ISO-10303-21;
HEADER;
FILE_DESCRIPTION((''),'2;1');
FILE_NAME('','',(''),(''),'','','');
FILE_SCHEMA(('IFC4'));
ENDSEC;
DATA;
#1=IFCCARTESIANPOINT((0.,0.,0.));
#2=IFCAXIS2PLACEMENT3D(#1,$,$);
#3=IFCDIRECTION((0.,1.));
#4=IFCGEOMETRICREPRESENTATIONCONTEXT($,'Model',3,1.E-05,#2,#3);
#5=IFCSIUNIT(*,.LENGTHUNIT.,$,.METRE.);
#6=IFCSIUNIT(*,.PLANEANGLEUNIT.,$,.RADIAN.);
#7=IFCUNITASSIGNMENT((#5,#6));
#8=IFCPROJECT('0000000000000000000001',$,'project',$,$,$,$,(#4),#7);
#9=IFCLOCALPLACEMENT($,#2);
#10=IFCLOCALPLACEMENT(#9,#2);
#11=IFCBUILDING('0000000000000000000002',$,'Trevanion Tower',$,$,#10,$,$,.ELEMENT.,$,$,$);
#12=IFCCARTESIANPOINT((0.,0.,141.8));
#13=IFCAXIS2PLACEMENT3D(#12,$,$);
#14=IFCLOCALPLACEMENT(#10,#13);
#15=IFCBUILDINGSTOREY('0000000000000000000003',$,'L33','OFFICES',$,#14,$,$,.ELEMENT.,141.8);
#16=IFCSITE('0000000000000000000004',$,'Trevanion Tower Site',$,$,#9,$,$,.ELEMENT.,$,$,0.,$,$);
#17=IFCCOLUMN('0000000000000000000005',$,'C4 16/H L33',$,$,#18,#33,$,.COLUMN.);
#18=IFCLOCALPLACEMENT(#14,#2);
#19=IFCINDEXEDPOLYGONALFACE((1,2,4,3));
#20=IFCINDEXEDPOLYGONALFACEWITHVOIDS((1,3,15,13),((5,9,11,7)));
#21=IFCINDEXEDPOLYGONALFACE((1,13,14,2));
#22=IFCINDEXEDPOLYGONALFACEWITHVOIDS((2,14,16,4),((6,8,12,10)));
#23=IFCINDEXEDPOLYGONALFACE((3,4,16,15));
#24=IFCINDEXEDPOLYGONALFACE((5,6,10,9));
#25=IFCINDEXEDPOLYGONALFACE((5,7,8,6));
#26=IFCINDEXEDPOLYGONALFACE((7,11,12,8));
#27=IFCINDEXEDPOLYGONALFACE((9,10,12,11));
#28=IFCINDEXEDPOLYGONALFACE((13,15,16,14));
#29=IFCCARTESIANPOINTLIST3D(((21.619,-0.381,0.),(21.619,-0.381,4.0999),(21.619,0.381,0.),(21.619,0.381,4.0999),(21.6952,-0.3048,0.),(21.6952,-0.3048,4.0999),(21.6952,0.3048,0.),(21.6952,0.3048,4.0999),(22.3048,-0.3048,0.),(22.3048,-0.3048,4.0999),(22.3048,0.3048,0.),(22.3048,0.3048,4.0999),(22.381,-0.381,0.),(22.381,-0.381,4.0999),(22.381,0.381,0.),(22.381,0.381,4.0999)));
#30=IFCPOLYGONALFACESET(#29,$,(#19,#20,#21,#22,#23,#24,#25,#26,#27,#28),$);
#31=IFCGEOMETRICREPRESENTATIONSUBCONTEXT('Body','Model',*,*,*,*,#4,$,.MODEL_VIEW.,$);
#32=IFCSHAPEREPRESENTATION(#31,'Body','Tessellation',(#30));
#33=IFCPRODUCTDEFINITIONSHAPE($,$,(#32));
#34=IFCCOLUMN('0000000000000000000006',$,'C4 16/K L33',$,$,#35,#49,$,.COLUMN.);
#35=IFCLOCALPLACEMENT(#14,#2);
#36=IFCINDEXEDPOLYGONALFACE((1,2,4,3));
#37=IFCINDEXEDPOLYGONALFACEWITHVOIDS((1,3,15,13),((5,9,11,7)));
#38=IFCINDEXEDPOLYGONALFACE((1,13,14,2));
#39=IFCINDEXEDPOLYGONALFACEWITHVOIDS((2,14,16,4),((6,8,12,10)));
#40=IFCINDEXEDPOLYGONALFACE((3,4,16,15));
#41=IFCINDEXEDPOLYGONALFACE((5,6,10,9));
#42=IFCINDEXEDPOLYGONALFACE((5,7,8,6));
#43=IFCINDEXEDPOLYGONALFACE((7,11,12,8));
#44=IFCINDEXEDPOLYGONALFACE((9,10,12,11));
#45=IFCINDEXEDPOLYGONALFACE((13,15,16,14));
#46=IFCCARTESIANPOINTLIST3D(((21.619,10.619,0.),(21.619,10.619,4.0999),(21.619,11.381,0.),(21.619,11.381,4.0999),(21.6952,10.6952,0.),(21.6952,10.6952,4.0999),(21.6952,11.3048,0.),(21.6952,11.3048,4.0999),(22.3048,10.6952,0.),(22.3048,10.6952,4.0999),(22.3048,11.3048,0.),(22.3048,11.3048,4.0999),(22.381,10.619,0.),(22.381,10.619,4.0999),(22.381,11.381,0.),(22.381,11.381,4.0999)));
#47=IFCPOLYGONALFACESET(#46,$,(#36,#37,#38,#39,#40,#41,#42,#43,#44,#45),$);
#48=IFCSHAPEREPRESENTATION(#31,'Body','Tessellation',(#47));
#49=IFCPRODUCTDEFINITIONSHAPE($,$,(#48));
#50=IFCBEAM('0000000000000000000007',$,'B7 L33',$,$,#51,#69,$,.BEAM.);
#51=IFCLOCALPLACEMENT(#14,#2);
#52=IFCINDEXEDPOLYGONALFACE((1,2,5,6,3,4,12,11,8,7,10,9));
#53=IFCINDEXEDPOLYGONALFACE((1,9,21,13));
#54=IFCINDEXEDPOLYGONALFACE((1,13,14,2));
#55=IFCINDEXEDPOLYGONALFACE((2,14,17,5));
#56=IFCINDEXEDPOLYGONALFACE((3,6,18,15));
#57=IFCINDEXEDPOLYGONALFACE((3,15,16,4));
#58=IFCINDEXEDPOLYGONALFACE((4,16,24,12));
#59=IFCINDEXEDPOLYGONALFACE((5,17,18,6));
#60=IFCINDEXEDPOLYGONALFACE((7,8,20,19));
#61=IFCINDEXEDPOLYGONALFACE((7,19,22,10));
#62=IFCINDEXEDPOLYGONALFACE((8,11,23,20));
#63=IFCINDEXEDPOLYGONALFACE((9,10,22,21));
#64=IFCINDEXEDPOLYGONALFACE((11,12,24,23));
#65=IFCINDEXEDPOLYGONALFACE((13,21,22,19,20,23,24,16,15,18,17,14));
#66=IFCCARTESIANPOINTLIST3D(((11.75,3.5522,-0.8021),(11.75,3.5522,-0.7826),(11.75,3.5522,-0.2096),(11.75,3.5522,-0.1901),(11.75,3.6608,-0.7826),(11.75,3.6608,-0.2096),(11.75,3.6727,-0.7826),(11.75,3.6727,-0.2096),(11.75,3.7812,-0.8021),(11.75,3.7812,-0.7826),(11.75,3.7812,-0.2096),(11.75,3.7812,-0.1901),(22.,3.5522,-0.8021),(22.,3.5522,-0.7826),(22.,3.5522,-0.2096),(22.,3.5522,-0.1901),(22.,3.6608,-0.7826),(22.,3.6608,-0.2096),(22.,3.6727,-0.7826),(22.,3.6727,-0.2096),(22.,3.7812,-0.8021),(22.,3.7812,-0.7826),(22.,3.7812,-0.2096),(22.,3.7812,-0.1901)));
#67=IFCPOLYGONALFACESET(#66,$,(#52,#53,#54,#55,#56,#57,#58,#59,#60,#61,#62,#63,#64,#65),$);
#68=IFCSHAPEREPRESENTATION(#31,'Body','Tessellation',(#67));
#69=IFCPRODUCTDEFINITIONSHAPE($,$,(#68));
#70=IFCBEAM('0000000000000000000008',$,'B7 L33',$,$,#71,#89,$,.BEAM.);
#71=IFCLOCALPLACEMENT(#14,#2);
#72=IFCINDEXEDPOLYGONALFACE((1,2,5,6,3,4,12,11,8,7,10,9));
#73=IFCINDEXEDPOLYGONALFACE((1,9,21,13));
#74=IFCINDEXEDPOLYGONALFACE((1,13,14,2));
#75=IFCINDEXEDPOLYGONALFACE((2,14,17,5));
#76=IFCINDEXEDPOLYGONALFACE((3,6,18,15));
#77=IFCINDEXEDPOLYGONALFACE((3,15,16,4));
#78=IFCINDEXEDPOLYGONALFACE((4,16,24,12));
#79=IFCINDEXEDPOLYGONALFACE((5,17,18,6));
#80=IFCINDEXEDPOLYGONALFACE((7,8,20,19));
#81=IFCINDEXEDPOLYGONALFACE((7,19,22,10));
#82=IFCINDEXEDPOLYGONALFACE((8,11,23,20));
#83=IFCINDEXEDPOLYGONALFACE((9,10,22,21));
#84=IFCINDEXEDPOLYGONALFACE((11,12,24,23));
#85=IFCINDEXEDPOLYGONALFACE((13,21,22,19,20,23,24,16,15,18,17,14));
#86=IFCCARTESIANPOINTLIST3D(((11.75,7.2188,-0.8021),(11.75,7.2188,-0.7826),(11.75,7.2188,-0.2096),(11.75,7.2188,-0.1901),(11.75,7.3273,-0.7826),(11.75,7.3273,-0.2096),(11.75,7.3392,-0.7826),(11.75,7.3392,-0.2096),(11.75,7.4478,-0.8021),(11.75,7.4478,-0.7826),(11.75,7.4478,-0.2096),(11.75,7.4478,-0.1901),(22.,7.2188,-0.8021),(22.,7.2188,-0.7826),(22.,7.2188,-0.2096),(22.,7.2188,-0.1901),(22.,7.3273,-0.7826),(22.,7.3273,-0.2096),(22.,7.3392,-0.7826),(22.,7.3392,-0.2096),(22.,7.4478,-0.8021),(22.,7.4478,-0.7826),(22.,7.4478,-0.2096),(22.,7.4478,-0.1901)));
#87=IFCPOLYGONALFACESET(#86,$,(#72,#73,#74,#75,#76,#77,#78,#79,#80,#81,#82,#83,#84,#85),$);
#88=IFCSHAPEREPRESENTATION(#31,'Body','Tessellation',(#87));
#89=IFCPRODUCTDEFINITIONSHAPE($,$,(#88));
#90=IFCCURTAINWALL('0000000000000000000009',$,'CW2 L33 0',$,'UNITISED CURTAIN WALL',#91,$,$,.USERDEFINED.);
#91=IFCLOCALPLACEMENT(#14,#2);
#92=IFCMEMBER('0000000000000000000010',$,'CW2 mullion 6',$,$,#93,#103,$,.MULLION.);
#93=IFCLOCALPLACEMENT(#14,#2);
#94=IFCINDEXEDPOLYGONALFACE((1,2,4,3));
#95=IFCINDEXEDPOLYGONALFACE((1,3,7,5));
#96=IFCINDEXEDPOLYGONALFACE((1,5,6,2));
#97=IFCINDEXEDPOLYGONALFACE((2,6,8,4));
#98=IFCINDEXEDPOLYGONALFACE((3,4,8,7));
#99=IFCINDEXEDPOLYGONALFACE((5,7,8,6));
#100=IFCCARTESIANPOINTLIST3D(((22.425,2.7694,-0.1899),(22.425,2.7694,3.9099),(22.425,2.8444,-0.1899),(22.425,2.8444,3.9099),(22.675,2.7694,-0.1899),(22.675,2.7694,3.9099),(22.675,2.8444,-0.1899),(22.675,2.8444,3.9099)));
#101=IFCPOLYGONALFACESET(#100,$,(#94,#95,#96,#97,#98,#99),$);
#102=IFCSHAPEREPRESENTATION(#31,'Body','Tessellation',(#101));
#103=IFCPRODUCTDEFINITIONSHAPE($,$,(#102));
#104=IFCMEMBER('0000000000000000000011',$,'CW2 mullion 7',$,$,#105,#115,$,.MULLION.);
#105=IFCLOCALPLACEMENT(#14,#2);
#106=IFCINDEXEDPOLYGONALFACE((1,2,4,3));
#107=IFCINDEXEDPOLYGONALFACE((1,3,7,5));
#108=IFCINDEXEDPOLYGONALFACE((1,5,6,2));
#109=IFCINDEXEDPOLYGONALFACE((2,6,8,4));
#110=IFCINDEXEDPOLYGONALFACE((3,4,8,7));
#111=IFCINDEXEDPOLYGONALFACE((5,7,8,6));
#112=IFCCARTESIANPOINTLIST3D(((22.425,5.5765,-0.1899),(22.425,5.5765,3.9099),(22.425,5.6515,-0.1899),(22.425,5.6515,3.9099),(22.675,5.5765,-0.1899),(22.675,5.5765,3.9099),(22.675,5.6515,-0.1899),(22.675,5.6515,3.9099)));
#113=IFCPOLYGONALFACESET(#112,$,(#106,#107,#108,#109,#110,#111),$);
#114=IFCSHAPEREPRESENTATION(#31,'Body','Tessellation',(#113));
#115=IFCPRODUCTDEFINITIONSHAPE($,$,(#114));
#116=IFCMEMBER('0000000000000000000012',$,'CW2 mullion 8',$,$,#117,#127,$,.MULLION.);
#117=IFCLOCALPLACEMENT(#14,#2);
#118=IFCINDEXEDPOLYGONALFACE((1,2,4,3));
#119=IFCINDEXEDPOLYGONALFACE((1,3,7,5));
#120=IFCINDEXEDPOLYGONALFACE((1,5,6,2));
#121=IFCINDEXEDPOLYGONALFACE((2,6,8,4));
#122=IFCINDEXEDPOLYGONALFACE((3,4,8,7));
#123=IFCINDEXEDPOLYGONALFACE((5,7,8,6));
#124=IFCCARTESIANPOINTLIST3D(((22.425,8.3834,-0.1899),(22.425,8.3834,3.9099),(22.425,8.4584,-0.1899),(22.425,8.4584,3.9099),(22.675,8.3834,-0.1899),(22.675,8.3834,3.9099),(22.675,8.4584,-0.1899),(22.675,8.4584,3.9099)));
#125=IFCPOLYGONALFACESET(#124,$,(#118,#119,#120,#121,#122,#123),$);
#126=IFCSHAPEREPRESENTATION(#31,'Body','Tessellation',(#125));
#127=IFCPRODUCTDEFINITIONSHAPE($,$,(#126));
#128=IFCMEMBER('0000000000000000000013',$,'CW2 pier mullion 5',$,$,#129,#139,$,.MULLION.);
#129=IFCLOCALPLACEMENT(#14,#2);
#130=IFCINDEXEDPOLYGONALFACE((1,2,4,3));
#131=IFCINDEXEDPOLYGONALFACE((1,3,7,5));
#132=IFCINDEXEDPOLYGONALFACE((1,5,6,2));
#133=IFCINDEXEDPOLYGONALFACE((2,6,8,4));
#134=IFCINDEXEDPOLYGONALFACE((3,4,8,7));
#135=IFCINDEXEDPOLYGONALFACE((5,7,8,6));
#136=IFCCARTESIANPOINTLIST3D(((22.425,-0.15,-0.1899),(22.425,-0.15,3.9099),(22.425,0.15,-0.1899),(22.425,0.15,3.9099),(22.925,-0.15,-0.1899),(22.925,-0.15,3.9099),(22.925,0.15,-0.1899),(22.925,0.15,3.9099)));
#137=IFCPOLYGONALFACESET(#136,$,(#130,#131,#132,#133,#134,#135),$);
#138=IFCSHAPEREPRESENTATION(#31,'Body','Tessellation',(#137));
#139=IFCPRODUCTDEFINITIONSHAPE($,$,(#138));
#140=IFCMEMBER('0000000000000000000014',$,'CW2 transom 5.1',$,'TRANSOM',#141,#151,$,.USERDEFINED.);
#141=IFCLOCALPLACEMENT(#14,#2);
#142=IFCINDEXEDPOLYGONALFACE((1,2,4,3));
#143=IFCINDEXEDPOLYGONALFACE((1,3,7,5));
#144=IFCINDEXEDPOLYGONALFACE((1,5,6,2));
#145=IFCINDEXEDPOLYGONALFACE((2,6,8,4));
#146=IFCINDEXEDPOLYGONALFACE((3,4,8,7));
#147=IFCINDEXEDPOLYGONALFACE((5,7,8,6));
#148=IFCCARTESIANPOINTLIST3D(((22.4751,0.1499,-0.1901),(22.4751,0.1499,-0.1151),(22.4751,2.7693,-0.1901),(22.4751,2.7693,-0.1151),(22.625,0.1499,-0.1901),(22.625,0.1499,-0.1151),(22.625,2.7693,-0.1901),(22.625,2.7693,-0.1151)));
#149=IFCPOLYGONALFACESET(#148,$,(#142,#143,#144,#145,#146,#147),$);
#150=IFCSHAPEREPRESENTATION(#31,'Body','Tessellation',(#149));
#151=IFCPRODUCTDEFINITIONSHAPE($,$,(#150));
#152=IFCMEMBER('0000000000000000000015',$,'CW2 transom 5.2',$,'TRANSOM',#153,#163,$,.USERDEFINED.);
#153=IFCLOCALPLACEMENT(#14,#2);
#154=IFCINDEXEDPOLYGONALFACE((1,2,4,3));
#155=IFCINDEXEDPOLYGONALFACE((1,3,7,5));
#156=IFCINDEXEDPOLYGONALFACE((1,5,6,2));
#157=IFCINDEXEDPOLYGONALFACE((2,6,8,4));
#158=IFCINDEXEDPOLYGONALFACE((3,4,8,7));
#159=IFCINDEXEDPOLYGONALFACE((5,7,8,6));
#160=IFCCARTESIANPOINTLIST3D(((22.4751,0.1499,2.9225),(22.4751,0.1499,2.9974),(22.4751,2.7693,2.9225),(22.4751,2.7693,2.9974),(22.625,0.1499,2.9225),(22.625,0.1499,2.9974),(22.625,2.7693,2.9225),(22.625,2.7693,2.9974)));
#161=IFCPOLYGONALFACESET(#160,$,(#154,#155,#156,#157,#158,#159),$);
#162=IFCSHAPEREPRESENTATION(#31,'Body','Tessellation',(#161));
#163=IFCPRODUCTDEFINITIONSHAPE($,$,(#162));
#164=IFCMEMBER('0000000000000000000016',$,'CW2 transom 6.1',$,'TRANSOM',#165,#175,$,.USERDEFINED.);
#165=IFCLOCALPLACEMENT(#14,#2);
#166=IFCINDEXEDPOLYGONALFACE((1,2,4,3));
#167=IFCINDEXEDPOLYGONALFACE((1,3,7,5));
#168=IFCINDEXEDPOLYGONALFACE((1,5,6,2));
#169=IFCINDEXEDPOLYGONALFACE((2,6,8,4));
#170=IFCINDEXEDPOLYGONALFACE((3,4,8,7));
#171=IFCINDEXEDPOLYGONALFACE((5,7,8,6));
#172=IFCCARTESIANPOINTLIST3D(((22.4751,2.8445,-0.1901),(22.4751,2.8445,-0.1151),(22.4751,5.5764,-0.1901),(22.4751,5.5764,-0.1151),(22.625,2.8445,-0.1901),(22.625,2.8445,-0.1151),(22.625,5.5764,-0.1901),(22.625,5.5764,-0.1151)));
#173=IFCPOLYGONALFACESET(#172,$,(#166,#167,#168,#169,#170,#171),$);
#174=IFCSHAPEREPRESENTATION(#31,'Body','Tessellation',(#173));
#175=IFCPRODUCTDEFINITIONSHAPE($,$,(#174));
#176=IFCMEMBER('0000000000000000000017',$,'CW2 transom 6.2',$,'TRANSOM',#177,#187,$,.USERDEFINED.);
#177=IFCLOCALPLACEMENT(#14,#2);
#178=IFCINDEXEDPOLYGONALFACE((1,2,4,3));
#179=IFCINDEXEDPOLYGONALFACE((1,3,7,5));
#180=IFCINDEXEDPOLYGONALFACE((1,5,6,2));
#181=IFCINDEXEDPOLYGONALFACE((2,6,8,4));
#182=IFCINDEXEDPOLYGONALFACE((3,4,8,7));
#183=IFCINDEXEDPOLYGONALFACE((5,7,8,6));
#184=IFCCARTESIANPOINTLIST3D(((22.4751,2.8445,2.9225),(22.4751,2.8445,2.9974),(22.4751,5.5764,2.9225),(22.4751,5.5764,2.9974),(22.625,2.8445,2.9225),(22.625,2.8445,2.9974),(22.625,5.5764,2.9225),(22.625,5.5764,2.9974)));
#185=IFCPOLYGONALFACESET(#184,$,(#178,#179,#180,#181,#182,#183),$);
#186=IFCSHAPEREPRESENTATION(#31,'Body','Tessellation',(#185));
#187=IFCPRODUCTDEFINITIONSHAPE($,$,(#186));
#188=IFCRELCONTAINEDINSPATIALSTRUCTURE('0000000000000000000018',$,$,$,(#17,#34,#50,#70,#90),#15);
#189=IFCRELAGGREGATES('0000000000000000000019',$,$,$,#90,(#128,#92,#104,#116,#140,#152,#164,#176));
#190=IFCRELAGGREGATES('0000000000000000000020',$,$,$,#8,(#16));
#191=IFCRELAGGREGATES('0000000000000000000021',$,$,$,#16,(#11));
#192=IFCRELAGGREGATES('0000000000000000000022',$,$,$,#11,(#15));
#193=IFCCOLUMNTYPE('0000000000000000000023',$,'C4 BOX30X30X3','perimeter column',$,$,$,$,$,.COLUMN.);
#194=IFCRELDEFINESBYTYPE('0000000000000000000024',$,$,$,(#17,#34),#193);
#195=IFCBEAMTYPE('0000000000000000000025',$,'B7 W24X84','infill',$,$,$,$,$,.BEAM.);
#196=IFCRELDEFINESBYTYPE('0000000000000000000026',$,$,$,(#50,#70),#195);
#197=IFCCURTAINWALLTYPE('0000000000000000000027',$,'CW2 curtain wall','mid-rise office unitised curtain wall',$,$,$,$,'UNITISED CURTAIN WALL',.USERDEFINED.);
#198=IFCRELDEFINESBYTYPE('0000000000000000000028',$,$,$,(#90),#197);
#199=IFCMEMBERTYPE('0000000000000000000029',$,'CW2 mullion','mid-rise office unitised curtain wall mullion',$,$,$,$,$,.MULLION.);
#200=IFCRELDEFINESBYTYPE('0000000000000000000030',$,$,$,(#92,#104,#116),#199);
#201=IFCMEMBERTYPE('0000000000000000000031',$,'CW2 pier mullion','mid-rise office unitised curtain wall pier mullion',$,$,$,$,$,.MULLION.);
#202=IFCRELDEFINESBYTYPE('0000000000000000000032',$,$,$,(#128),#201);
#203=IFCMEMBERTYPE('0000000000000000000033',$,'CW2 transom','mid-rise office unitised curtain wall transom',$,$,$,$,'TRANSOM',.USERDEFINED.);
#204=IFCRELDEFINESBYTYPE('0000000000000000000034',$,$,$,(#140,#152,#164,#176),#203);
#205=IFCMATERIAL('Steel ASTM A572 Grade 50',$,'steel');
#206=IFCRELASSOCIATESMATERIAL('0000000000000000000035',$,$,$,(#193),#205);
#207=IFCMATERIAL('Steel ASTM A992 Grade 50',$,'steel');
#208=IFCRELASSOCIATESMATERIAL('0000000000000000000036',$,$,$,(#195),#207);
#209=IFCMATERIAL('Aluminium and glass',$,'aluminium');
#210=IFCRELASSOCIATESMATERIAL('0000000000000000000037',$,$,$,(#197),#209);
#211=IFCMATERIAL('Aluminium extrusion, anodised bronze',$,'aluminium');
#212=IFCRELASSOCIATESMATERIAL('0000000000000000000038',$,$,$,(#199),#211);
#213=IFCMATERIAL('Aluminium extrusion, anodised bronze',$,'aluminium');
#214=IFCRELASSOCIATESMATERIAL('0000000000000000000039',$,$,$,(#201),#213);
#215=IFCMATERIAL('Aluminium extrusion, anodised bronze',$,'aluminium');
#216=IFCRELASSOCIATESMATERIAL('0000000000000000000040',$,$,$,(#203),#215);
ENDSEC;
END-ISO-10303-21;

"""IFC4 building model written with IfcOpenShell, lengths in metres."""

from ifc_helpers import new_model, si_unit, direction, frame, origin, origin_2d, place, context, subcontext, project, spatial, rectangle, hollow_rectangle, i_section, extrude, material, material_profile, profile_set, type_object, element, aggregate, save


model = new_model("IFC4")

# Units and contexts
model_context = context("Model", 3, precision=1e-05, world=origin(), true_north=direction((0.0, 1.0)))
body_context = subcontext(model_context, "Body", "Model", "MODEL_VIEW")
ifc_project = project(units=[si_unit("LENGTHUNIT", "METRE"), si_unit("PLANEANGLEUNIT", "RADIAN")], contexts=[model_context])

# Site, building, storey
site_placement = place(None, origin())
site = spatial("IfcSite", under=ifc_project, at=site_placement, Name="Trevanion Tower Site", CompositionType="ELEMENT", RefElevation=0.0)
building_placement = place(site_placement, origin())
building = spatial("IfcBuilding", under=site, at=building_placement, Name="Trevanion Tower", CompositionType="ELEMENT")
storey_placement = place(building_placement, frame((0.0, 0.0, 141.8)))
storey = spatial("IfcBuildingStorey", under=building, at=storey_placement, Name="L33", Description="OFFICES", CompositionType="ELEMENT", Elevation=141.8)

# Columns
ifc_material_1 = material(Name="Steel ASTM A572 Grade 50", Category="steel")
ifc_material_profile_1 = material_profile(ifc_material_1, hollow_rectangle(XDim=0.762, YDim=0.762, WallThickness=0.0762, at=origin_2d()), Name="BOX30X30X3")
ifc_profile_set_1 = profile_set([ifc_material_profile_1], Name="Steel ASTM A572 Grade 50")
column_type = type_object("IfcColumnType", Name="C4 BOX30X30X3", Description="perimeter column", PredefinedType="COLUMN", material=ifc_profile_set_1)
for number, where, z_axis, x_axis, name in (
    (1, (22.0, 0.0, 0.0), (0.0, 0.0, 1.0), (0.0, 1.0, 0.0), "C4 16/H L33"),
    (2, (22.0, 11.0, 0.0), (0.0, 0.0, 1.0), (0.0, 1.0, 0.0), "C4 16/K L33"),
):
    element("IfcColumn", number, at=place(storey_placement, frame(where, z_axis=z_axis, x_axis=x_axis)), inside=storey, type_object=column_type, Name=name, PredefinedType="COLUMN", context=body_context, shape_type="SweptSolid", body=[
        extrude(hollow_rectangle(XDim=0.762, YDim=0.762, WallThickness=0.0762, at=origin_2d()), origin(), (0.0, 0.0, 1.0), 4.0999),
    ])

# Beams
ifc_material_2 = material(Name="Steel ASTM A992 Grade 50", Category="steel")
ifc_material_profile_2 = material_profile(ifc_material_2, i_section(OverallWidth=0.229, OverallDepth=0.6121, WebThickness=0.012, FlangeThickness=0.0195, at=origin_2d()), Name="W24X84")
ifc_profile_set_2 = profile_set([ifc_material_profile_2], Name="Steel ASTM A992 Grade 50")
beam_type_1 = type_object("IfcBeamType", Name="B7 W24X84", Description="infill", PredefinedType="BEAM", material=ifc_profile_set_2)
for number, where, z_axis, x_axis, name in (
    (3, (11.75, 3.6667, -0.4961), (1.0, 0.0, 0.0), (0.0, 1.0, 0.0), "B7 L33"),
    (4, (11.75, 7.3333, -0.4961), (1.0, 0.0, 0.0), (0.0, 1.0, 0.0), "B7 L33"),
):
    element("IfcBeam", number, at=place(storey_placement, frame(where, z_axis=z_axis, x_axis=x_axis)), inside=storey, type_object=beam_type_1, Name=name, PredefinedType="BEAM", context=body_context, shape_type="SweptSolid", body=[
        extrude(i_section(OverallWidth=0.229, OverallDepth=0.6121, WebThickness=0.012, FlangeThickness=0.0195, at=origin_2d()), origin(), (0.0, 0.0, 1.0), 10.25),
    ])

# Curtain wall, members
ifc_material_3 = material(Name="Aluminium and glass", Category="aluminium")
curtain_wall_type = type_object("IfcCurtainWallType", Name="CW2 curtain wall", Description="mid-rise office unitised curtain wall", ElementType="UNITISED CURTAIN WALL", PredefinedType="USERDEFINED", material=ifc_material_3)
curtain_wall_placement = place(storey_placement, origin())
curtain_wall = element("IfcCurtainWall", 5, at=curtain_wall_placement, inside=storey, type_object=curtain_wall_type, Name="CW2 L33 0", ObjectType="UNITISED CURTAIN WALL", PredefinedType="USERDEFINED")
ifc_material_4 = material(Name="Aluminium extrusion, anodised bronze", Category="aluminium")
ifc_material_profile_3 = material_profile(ifc_material_4, rectangle(XDim=0.075, YDim=0.25, at=origin_2d()), Name="CW2 mullion")
ifc_profile_set_3 = profile_set([ifc_material_profile_3], Name="Aluminium extrusion, anodised bronze")
member_type_1 = type_object("IfcMemberType", Name="CW2 mullion", Description="mid-rise office unitised curtain wall mullion", PredefinedType="MULLION", material=ifc_profile_set_3)
member_1_placement = place(storey_placement, frame((22.55, 2.8069, -0.1899), z_axis=(0.0, 0.0, 1.0), x_axis=(0.0, 1.0, 0.0)))
member_1 = element("IfcMember", 6, at=member_1_placement, type_object=member_type_1, Name="CW2 mullion 6", PredefinedType="MULLION", context=body_context, shape_type="SweptSolid", body=[
    extrude(rectangle(XDim=0.075, YDim=0.25, at=origin_2d()), origin(), (0.0, 0.0, 1.0), 4.0999),
])
member_2_placement = place(storey_placement, frame((22.55, 5.614, -0.1899), z_axis=(0.0, 0.0, 1.0), x_axis=(0.0, 1.0, 0.0)))
member_2 = element("IfcMember", 7, at=member_2_placement, type_object=member_type_1, Name="CW2 mullion 7", PredefinedType="MULLION", context=body_context, shape_type="SweptSolid", body=[
    extrude(rectangle(XDim=0.075, YDim=0.25, at=origin_2d()), origin(), (0.0, 0.0, 1.0), 4.0999),
])
member_3_placement = place(storey_placement, frame((22.55, 8.4209, -0.1899), z_axis=(0.0, 0.0, 1.0), x_axis=(0.0, 1.0, 0.0)))
member_3 = element("IfcMember", 8, at=member_3_placement, type_object=member_type_1, Name="CW2 mullion 8", PredefinedType="MULLION", context=body_context, shape_type="SweptSolid", body=[
    extrude(rectangle(XDim=0.075, YDim=0.25, at=origin_2d()), origin(), (0.0, 0.0, 1.0), 4.0999),
])
ifc_material_5 = material(Name="Aluminium extrusion, anodised bronze", Category="aluminium")
ifc_material_profile_4 = material_profile(ifc_material_5, rectangle(XDim=0.3, YDim=0.5, at=origin_2d()), Name="CW2 pier mullion")
ifc_profile_set_4 = profile_set([ifc_material_profile_4], Name="Aluminium extrusion, anodised bronze")
member_type_2 = type_object("IfcMemberType", Name="CW2 pier mullion", Description="mid-rise office unitised curtain wall pier mullion", PredefinedType="MULLION", material=ifc_profile_set_4)
member_4_placement = place(storey_placement, frame((22.675, 0.0, -0.1899), z_axis=(0.0, 0.0, 1.0), x_axis=(0.0, 1.0, 0.0)))
member_4 = element("IfcMember", 9, at=member_4_placement, type_object=member_type_2, Name="CW2 pier mullion 5", PredefinedType="MULLION", context=body_context, shape_type="SweptSolid", body=[
    extrude(rectangle(XDim=0.3, YDim=0.5, at=origin_2d()), origin(), (0.0, 0.0, 1.0), 4.0999),
])
ifc_material_6 = material(Name="Aluminium extrusion, anodised bronze", Category="aluminium")
ifc_material_profile_5 = material_profile(ifc_material_6, rectangle(XDim=0.1499, YDim=0.075, at=origin_2d()), Name="CW2 transom")
ifc_profile_set_5 = profile_set([ifc_material_profile_5], Name="Aluminium extrusion, anodised bronze")
member_type_3 = type_object("IfcMemberType", Name="CW2 transom", Description="mid-rise office unitised curtain wall transom", ElementType="TRANSOM", PredefinedType="USERDEFINED", material=ifc_profile_set_5)
member_5_placement = place(storey_placement, frame((22.55, 0.1499, -0.1526), z_axis=(0.0, 1.0, 0.0), x_axis=(-1.0, 0.0, 0.0)))
member_5 = element("IfcMember", 10, at=member_5_placement, type_object=member_type_3, Name="CW2 transom 5.1", ObjectType="TRANSOM", PredefinedType="USERDEFINED", context=body_context, shape_type="SweptSolid", body=[
    extrude(rectangle(XDim=0.1499, YDim=0.075, at=origin_2d()), origin(), (0.0, 0.0, 1.0), 2.6194),
])
member_6_placement = place(storey_placement, frame((22.55, 0.1499, 2.96), z_axis=(0.0, 1.0, 0.0), x_axis=(-1.0, 0.0, 0.0)))
member_6 = element("IfcMember", 11, at=member_6_placement, type_object=member_type_3, Name="CW2 transom 5.2", ObjectType="TRANSOM", PredefinedType="USERDEFINED", context=body_context, shape_type="SweptSolid", body=[
    extrude(rectangle(XDim=0.1499, YDim=0.075, at=origin_2d()), origin(), (0.0, 0.0, 1.0), 2.6194),
])
member_7_placement = place(storey_placement, frame((22.55, 2.8445, -0.1526), z_axis=(0.0, 1.0, 0.0), x_axis=(-1.0, 0.0, 0.0)))
member_7 = element("IfcMember", 12, at=member_7_placement, type_object=member_type_3, Name="CW2 transom 6.1", ObjectType="TRANSOM", PredefinedType="USERDEFINED", context=body_context, shape_type="SweptSolid", body=[
    extrude(rectangle(XDim=0.1499, YDim=0.075, at=origin_2d()), origin(), (0.0, 0.0, 1.0), 2.7319),
])
member_8_placement = place(storey_placement, frame((22.55, 2.8445, 2.96), z_axis=(0.0, 1.0, 0.0), x_axis=(-1.0, 0.0, 0.0)))
member_8 = element("IfcMember", 13, at=member_8_placement, type_object=member_type_3, Name="CW2 transom 6.2", ObjectType="TRANSOM", PredefinedType="USERDEFINED", context=body_context, shape_type="SweptSolid", body=[
    extrude(rectangle(XDim=0.1499, YDim=0.075, at=origin_2d()), origin(), (0.0, 0.0, 1.0), 2.7319),
])

aggregate(curtain_wall, [member_4, member_1, member_2, member_3, member_5, member_6, member_7, member_8])

save(model, "model.ifc")
